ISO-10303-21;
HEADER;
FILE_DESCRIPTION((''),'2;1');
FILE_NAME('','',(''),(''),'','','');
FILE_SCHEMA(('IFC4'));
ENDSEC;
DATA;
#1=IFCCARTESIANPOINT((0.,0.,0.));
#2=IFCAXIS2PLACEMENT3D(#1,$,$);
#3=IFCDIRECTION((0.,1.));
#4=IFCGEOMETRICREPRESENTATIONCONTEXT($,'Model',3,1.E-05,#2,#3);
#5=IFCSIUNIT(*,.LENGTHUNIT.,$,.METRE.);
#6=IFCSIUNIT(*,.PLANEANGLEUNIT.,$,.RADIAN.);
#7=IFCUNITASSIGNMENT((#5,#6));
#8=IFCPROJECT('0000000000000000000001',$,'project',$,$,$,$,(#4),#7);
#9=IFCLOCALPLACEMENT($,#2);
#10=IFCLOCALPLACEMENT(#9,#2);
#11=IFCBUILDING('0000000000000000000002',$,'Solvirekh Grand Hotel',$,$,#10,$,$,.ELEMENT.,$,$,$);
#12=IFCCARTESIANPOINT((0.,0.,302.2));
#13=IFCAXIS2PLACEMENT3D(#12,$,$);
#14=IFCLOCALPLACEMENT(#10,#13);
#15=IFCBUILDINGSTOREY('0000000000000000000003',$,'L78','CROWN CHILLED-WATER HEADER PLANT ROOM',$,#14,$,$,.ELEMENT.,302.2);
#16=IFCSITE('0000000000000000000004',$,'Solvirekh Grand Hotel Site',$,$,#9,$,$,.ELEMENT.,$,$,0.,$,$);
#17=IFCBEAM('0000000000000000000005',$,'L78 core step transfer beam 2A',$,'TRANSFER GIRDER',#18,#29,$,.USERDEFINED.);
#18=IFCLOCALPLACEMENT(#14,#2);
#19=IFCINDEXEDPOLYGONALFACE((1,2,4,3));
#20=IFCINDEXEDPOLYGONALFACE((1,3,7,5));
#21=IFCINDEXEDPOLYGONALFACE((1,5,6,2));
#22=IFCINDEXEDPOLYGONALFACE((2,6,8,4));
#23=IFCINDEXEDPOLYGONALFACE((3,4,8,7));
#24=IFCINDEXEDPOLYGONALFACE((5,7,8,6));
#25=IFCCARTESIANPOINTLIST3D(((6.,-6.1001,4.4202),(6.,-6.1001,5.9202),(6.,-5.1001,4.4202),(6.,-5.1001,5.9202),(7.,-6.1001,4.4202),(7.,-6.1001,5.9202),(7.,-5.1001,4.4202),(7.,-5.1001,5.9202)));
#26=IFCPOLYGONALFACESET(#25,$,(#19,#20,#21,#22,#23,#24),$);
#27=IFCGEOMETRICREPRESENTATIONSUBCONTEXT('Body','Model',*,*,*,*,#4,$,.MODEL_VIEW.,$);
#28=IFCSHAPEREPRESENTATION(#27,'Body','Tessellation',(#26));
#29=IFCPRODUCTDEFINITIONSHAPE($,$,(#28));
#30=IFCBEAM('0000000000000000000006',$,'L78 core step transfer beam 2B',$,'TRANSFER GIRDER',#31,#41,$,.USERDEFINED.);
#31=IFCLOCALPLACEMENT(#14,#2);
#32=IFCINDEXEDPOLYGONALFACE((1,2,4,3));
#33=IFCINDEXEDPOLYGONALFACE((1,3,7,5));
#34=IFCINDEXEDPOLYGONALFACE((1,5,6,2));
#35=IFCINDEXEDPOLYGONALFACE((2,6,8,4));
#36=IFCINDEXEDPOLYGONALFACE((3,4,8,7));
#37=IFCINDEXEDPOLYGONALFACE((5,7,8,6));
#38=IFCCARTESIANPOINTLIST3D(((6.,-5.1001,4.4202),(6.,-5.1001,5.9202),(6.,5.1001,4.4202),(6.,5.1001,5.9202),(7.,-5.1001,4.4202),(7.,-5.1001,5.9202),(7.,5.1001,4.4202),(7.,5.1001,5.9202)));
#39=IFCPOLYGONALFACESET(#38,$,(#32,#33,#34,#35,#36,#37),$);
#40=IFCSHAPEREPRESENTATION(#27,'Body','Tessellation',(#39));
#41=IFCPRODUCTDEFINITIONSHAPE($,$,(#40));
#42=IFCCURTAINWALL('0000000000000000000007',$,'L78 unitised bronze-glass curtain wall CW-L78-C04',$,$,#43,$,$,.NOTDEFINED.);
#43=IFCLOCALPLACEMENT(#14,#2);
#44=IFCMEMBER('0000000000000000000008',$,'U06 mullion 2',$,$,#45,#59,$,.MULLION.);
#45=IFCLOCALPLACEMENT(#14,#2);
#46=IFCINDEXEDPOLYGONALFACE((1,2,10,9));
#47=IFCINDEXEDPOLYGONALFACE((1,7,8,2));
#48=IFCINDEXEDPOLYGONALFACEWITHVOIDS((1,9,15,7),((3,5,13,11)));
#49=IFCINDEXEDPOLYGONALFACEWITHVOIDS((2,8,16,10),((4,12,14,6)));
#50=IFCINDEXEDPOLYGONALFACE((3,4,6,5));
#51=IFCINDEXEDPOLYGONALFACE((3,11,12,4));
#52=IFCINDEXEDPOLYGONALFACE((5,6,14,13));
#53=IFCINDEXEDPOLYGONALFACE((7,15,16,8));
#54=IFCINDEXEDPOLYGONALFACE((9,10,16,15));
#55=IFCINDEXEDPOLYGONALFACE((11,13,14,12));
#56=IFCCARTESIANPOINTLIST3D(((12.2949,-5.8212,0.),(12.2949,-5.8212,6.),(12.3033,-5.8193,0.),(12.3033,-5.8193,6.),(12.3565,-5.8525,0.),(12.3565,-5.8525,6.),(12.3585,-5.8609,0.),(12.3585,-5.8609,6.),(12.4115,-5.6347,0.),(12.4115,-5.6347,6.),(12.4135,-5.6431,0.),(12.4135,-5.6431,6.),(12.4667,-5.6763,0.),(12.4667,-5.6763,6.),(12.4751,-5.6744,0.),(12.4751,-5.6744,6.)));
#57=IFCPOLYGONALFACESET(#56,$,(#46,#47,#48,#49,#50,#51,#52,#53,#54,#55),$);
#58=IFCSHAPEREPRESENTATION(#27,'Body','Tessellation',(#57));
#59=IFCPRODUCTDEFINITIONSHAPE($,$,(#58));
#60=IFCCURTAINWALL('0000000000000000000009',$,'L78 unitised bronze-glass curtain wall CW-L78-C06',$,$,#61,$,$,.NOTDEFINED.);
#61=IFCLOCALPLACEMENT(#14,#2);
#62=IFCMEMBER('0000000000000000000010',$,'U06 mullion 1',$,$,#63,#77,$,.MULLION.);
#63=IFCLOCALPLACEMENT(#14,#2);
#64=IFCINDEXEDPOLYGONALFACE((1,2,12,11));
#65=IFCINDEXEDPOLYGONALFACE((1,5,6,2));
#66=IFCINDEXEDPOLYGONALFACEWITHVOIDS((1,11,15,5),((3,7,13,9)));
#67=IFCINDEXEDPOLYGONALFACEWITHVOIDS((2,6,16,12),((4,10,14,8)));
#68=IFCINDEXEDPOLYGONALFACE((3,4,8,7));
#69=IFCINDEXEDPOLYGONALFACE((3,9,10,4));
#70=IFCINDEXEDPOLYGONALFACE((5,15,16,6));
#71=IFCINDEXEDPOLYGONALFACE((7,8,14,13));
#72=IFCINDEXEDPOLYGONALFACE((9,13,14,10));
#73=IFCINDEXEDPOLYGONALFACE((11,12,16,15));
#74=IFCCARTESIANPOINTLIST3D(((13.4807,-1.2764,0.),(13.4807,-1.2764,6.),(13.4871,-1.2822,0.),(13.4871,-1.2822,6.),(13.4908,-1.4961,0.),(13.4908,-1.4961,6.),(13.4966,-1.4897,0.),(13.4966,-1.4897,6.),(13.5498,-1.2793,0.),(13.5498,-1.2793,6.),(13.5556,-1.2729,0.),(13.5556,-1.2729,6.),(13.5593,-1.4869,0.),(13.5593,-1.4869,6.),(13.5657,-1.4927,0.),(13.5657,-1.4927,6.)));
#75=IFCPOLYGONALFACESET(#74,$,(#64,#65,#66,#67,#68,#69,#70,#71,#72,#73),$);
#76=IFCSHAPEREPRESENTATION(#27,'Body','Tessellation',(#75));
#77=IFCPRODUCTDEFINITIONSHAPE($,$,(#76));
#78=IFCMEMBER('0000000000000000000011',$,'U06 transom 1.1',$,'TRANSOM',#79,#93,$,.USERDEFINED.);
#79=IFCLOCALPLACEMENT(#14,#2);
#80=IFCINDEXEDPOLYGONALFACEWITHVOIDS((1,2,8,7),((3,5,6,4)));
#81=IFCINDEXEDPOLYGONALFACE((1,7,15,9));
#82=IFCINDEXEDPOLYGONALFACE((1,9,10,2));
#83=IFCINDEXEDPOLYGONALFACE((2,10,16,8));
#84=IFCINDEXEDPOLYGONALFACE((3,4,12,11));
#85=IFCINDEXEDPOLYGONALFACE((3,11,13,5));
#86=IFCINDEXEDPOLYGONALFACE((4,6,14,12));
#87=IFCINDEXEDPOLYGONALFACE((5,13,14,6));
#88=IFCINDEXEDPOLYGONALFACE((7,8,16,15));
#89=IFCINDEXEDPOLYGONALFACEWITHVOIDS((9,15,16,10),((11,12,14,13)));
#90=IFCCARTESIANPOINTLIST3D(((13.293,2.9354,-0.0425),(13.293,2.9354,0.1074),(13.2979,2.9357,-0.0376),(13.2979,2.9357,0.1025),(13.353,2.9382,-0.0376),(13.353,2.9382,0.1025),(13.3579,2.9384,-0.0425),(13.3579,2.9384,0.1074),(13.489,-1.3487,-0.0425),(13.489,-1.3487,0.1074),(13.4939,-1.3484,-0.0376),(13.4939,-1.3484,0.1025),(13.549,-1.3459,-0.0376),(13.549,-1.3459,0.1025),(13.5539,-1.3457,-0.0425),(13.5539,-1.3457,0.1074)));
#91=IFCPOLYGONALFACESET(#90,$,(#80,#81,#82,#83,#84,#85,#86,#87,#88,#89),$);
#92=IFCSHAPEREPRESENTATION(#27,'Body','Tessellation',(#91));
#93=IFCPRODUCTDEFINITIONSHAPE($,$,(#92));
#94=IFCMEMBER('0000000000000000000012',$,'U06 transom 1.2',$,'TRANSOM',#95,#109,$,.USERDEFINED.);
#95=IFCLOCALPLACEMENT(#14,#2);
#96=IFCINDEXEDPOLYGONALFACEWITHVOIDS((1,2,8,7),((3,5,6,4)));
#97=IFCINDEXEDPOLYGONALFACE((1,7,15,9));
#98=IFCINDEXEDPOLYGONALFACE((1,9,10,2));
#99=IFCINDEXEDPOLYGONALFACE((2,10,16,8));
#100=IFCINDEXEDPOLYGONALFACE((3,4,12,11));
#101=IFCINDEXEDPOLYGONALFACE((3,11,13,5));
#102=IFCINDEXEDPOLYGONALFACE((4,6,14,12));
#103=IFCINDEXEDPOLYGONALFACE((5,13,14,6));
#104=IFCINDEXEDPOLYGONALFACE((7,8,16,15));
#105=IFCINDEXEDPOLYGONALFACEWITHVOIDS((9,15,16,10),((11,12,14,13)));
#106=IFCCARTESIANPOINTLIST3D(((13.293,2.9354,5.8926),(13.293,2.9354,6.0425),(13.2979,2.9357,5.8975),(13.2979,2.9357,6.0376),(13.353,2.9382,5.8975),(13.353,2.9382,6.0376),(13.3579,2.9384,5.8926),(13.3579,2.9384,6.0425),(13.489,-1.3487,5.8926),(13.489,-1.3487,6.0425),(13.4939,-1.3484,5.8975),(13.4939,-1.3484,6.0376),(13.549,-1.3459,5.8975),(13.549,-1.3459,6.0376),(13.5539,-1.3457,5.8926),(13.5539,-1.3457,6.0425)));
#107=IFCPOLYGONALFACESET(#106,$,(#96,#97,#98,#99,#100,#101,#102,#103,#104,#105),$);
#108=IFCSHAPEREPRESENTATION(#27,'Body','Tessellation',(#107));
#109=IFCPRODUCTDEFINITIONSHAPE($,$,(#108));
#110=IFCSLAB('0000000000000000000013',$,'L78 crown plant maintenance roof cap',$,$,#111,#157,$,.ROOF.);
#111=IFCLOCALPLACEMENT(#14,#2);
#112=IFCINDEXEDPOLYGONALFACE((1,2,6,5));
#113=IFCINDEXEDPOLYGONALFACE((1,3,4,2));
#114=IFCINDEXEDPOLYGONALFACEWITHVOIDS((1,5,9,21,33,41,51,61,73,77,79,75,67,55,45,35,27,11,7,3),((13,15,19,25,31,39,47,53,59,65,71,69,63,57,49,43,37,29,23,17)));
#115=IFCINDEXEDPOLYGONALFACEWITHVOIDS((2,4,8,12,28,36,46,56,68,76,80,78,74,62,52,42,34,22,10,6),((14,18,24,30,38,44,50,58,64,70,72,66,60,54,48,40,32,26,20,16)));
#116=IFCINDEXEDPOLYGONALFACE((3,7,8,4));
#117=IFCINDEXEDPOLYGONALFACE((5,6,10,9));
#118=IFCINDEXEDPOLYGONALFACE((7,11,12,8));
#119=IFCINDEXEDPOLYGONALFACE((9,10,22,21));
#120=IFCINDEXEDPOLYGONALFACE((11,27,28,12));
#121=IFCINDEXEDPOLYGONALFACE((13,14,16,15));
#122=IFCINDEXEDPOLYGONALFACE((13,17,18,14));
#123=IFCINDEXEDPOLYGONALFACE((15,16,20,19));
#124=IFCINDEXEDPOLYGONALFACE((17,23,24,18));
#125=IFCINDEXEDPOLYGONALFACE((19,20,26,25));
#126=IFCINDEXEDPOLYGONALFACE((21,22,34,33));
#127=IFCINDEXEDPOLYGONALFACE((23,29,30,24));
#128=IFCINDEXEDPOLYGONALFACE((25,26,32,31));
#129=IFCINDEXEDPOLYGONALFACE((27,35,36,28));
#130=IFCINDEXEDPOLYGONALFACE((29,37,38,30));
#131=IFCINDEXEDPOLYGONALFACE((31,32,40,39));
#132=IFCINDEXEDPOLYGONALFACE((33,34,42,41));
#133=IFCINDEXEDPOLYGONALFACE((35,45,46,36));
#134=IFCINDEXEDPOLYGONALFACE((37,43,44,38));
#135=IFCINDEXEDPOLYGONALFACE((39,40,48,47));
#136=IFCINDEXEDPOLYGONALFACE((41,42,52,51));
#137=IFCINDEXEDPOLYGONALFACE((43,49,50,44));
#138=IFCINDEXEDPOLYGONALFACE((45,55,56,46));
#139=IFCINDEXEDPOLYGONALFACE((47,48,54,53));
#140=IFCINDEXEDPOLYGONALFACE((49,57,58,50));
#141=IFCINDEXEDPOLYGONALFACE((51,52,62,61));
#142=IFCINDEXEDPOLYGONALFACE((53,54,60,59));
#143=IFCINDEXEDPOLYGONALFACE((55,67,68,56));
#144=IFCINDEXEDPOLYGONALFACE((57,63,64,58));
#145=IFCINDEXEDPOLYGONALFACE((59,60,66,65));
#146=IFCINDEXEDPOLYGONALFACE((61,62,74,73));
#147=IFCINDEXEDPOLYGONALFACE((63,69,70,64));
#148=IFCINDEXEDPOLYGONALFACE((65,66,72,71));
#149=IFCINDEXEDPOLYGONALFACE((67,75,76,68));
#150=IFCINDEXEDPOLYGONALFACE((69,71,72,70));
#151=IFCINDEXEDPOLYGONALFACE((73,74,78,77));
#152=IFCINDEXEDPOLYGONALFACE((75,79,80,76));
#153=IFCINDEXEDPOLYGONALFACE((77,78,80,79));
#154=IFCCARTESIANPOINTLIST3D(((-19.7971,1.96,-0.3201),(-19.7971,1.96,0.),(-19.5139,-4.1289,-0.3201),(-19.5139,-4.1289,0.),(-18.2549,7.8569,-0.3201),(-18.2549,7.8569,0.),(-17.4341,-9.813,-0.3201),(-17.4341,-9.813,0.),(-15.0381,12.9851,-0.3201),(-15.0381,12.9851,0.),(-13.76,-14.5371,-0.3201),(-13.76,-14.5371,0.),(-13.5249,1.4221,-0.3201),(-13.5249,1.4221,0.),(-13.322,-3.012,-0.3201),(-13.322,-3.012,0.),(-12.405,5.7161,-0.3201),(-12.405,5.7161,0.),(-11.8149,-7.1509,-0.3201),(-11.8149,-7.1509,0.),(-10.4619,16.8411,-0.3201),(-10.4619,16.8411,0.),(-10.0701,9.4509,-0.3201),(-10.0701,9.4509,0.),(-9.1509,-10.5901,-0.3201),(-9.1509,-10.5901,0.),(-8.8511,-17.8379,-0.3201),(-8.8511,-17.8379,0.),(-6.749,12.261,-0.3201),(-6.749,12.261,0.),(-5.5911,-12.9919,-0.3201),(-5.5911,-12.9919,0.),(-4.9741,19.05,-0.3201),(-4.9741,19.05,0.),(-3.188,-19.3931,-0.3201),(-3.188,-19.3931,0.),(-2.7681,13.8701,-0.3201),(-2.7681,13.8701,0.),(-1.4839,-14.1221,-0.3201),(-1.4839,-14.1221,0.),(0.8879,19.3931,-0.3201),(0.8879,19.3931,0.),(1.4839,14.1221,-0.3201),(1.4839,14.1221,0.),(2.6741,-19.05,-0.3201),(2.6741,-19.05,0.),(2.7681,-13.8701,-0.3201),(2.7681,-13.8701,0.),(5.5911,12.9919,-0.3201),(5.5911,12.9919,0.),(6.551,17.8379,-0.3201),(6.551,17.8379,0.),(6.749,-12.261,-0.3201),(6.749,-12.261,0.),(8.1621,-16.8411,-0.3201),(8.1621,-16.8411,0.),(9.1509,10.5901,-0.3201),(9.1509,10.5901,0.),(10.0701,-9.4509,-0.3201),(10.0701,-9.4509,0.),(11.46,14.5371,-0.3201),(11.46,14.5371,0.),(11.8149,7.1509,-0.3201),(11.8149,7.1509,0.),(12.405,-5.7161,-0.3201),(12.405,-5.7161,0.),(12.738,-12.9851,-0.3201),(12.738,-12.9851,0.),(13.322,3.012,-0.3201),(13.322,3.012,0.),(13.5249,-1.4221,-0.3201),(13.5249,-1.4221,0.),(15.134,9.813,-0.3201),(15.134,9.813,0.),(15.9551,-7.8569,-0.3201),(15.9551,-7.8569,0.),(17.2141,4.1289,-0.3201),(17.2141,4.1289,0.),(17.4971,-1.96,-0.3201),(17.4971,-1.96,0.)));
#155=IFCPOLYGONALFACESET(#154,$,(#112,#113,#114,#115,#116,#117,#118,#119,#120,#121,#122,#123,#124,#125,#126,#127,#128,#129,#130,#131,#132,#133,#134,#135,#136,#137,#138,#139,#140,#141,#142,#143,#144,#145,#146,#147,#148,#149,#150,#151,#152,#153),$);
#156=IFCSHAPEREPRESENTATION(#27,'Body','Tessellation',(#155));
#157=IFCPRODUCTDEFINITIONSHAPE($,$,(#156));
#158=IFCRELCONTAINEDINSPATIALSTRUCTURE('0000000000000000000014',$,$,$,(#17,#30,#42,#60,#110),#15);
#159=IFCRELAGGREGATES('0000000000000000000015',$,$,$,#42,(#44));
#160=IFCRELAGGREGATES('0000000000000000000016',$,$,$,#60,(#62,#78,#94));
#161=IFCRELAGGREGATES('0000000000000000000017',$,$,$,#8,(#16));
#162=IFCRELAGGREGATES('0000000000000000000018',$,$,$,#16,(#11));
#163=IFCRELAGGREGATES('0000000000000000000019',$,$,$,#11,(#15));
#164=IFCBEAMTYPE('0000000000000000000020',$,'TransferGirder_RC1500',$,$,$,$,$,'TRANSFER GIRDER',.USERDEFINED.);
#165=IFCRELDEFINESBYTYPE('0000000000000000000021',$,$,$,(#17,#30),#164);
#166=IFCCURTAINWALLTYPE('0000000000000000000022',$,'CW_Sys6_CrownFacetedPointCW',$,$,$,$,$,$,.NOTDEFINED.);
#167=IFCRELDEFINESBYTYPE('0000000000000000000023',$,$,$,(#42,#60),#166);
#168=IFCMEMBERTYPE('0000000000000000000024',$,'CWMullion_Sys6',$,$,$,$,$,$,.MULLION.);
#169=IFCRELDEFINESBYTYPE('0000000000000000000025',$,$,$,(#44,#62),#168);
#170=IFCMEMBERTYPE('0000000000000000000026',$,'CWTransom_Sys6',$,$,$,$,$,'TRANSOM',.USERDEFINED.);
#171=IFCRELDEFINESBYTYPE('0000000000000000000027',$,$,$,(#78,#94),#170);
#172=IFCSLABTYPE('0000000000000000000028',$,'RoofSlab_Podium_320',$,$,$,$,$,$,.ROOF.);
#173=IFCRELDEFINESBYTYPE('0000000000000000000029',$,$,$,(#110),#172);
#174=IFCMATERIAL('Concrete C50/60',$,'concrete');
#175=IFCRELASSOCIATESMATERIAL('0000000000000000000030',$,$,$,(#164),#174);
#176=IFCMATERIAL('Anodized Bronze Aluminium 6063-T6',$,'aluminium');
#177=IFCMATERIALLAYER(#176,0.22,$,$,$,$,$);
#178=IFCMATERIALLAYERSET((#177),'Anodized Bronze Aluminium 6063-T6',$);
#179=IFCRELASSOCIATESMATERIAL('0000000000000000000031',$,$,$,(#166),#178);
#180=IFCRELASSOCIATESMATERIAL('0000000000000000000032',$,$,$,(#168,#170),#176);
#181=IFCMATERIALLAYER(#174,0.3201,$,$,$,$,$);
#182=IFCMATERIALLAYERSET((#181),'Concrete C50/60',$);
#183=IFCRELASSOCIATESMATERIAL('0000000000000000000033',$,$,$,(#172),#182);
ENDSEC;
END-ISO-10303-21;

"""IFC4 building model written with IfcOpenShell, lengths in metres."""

from ifc_helpers import new_model, si_unit, direction, frame, origin, origin_2d, place, context, subcontext, project, spatial, polyline, rectangle, hollow_rectangle, outline, extrude, source, transform, mapped, material, layer, layer_set, material_profile, profile_set, type_object, element, aggregate, save


model = new_model("IFC4")

# Units and contexts
model_context = context("Model", 3, precision=1e-05, world=origin(), true_north=direction((0.0, 1.0)))
body_context = subcontext(model_context, "Body", "Model", "MODEL_VIEW")
ifc_project = project(units=[si_unit("LENGTHUNIT", "METRE"), si_unit("PLANEANGLEUNIT", "RADIAN")], contexts=[model_context])

# Site, building, storey
site_placement = place(None, origin())
site = spatial("IfcSite", under=ifc_project, at=site_placement, Name="Solvirekh Grand Hotel Site", CompositionType="ELEMENT", RefElevation=0.0)
building_placement = place(site_placement, origin())
building = spatial("IfcBuilding", under=site, at=building_placement, Name="Solvirekh Grand Hotel", CompositionType="ELEMENT")
storey_placement = place(building_placement, frame((0.0, 0.0, 302.2)))
storey = spatial("IfcBuildingStorey", under=building, at=storey_placement, Name="L78", Description="CROWN CHILLED-WATER HEADER PLANT ROOM", CompositionType="ELEMENT", Elevation=302.2)

# Shared definitions
ifc_material_1 = material(Name="Concrete C50/60", Category="concrete")

# Beams
ifc_material_profile_1 = material_profile(ifc_material_1, rectangle(XDim=1.0, YDim=1.5, at=origin_2d()), Name="RC GIRDER 1000X1500")
ifc_profile_set_1 = profile_set([ifc_material_profile_1], Name="Concrete C50/60")
beam_type_1 = type_object("IfcBeamType", Name="TransferGirder_RC1500", ElementType="TRANSFER GIRDER", PredefinedType="USERDEFINED", material=ifc_profile_set_1)
beam_1_placement = place(storey_placement, frame((6.5, -6.1001, 5.1702), z_axis=(0.0, 1.0, 0.0), x_axis=(-1.0, 0.0, 0.0)))
element("IfcBeam", 1, at=beam_1_placement, inside=storey, type_object=beam_type_1, Name="L78 core step transfer beam 2A", ObjectType="TRANSFER GIRDER", PredefinedType="USERDEFINED", context=body_context, shape_type="SweptSolid", body=[
    extrude(rectangle(XDim=1.0, YDim=1.5, at=origin_2d()), origin(), (0.0, 0.0, 1.0), 1.0),
])
beam_2_placement = place(storey_placement, frame((6.5, -5.1001, 5.1702), z_axis=(0.0, 1.0, 0.0), x_axis=(-1.0, 0.0, 0.0)))
element("IfcBeam", 2, at=beam_2_placement, inside=storey, type_object=beam_type_1, Name="L78 core step transfer beam 2B", ObjectType="TRANSFER GIRDER", PredefinedType="USERDEFINED", context=body_context, shape_type="SweptSolid", body=[
    extrude(rectangle(XDim=1.0, YDim=1.5, at=origin_2d()), origin(), (0.0, 0.0, 1.0), 10.2002),
])

# Curtain wall, member
ifc_material_2 = material(Name="Anodized Bronze Aluminium 6063-T6", Category="aluminium")
ifc_layer_1 = layer(ifc_material_2, 0.22)
ifc_layer_set_1 = layer_set([ifc_layer_1], Name="Anodized Bronze Aluminium 6063-T6")
curtain_wall_type = type_object("IfcCurtainWallType", Name="CW_Sys6_CrownFacetedPointCW", PredefinedType="NOTDEFINED", material=ifc_layer_set_1)
curtain_wall_1_placement = place(storey_placement, origin())
curtain_wall_1 = element("IfcCurtainWall", 3, at=curtain_wall_1_placement, inside=storey, type_object=curtain_wall_type, Name="L78 unitised bronze-glass curtain wall CW-L78-C04", PredefinedType="NOTDEFINED")
ifc_material_profile_2 = material_profile(ifc_material_2, hollow_rectangle(XDim=0.075, YDim=0.22, WallThickness=0.0061, at=origin_2d()), Name="ALU RHS 220X75X6")
ifc_profile_set_2 = profile_set([ifc_material_profile_2], Name="Anodized Bronze Aluminium 6063-T6")
member_type_1 = type_object("IfcMemberType", Name="CWMullion_Sys6", PredefinedType="MULLION", material=ifc_profile_set_2)
shared_shape_1 = source(origin(), body_context, "Body", "SweptSolid", [
    extrude(hollow_rectangle(XDim=0.075, YDim=0.22, WallThickness=0.0061, at=origin_2d()), origin(), (0.0, 0.0, 1.0), 6.0),
])
member_1_placement = place(storey_placement, frame((12.385, -5.7478, 0.0), z_axis=(0.0, 0.0, 1.0), x_axis=(-0.847935, 0.530101, 0.0)))
member_1 = element("IfcMember", 4, at=member_1_placement, type_object=member_type_1, Name="U06 mullion 2", PredefinedType="MULLION", context=body_context, shape_type="MappedRepresentation", body=[
    mapped(shared_shape_1, transform((0.0, 0.0, 0.0), x_axis=(1.0, 0.0, 0.0), y_axis=(0.0, 1.0, 0.0), z_axis=(0.0, 0.0, 1.0), scale=1.0)),
])
aggregate(curtain_wall_1, [member_1])

# Curtain wall, members
curtain_wall_2_placement = place(storey_placement, origin())
curtain_wall_2 = element("IfcCurtainWall", 5, at=curtain_wall_2_placement, inside=storey, type_object=curtain_wall_type, Name="L78 unitised bronze-glass curtain wall CW-L78-C06", PredefinedType="NOTDEFINED")
member_2_placement = place(storey_placement, frame((13.5232, -1.3845, 0.0), z_axis=(0.0, 0.0, 1.0), x_axis=(-0.998954, -0.045735, 0.0)))
member_2 = element("IfcMember", 6, at=member_2_placement, type_object=member_type_1, Name="U06 mullion 1", PredefinedType="MULLION", context=body_context, shape_type="MappedRepresentation", body=[
    mapped(shared_shape_1, transform((0.0, 0.0, 0.0), x_axis=(1.0, 0.0, 0.0), y_axis=(0.0, 1.0, 0.0), z_axis=(0.0, 0.0, 1.0), scale=1.0)),
])
ifc_material_profile_3 = material_profile(ifc_material_2, hollow_rectangle(XDim=0.0649, YDim=0.1499, WallThickness=0.0049, at=origin_2d()), Name="ALU RHS 150X65X5")
ifc_profile_set_3 = profile_set([ifc_material_profile_3], Name="Anodized Bronze Aluminium 6063-T6")
member_type_2 = type_object("IfcMemberType", Name="CWTransom_Sys6", ElementType="TRANSOM", PredefinedType="USERDEFINED", material=ifc_profile_set_3)
shared_shape_2 = source(origin(), body_context, "Body", "SweptSolid", [
    extrude(hollow_rectangle(XDim=0.0649, YDim=0.1499, WallThickness=0.0049, at=origin_2d()), origin(), (0.0, 0.0, 1.0), 4.2886),
])
member_3_placement = place(storey_placement, frame((13.5215, -1.3472, 0.0325), z_axis=(-0.045712, 0.998955, 0.0), x_axis=(-0.998955, -0.045712, 0.0)))
member_3 = element("IfcMember", 7, at=member_3_placement, type_object=member_type_2, Name="U06 transom 1.1", ObjectType="TRANSOM", PredefinedType="USERDEFINED", context=body_context, shape_type="MappedRepresentation", body=[
    mapped(shared_shape_2, transform((0.0, 0.0, 0.0), x_axis=(1.0, 0.0, 0.0), y_axis=(0.0, 1.0, 0.0), z_axis=(0.0, 0.0, 1.0), scale=1.0)),
])
member_4_placement = place(storey_placement, frame((13.5215, -1.3472, 5.9675), z_axis=(-0.045712, 0.998955, 0.0), x_axis=(-0.998955, -0.045712, 0.0)))
member_4 = element("IfcMember", 8, at=member_4_placement, type_object=member_type_2, Name="U06 transom 1.2", ObjectType="TRANSOM", PredefinedType="USERDEFINED", context=body_context, shape_type="MappedRepresentation", body=[
    mapped(shared_shape_2, transform((0.0, 0.0, 0.0), x_axis=(1.0, 0.0, 0.0), y_axis=(0.0, 1.0, 0.0), z_axis=(0.0, 0.0, 1.0), scale=1.0)),
])
aggregate(curtain_wall_2, [member_2, member_3, member_4])

# Slab
ifc_layer_2 = layer(ifc_material_1, 0.3201)
ifc_layer_set_2 = layer_set([ifc_layer_2], Name="Concrete C50/60")
slab_type_1 = type_object("IfcSlabType", Name="RoofSlab_Podium_320", PredefinedType="ROOF", material=ifc_layer_set_2)
slab_1_placement = place(storey_placement, frame((0.0, 0.0, -0.3201)))
element("IfcSlab", 9, at=slab_1_placement, inside=storey, type_object=slab_type_1, Name="L78 crown plant maintenance roof cap", PredefinedType="ROOF", context=body_context, shape_type="SweptSolid", body=[
    extrude(outline(polyline([(-3.188, -19.3931), (2.6741, -19.05), (8.1621, -16.8411), (12.738, -12.9851), (15.9551, -7.8569), (17.4971, -1.96), (17.2141, 4.1289), (15.134, 9.813), (11.46, 14.5371), (6.551, 17.8379), (0.8879, 19.3931), (-4.9741, 19.05), (-10.4619, 16.8411), (-15.0381, 12.9851), (-18.2549, 7.8569), (-19.7971, 1.96), (-19.5139, -4.1289), (-17.4341, -9.813), (-13.76, -14.5371), (-8.8511, -17.8379), (-3.188, -19.3931)]), holes=[polyline([(-5.5911, -12.9919), (-9.1509, -10.5901), (-11.8149, -7.1509), (-13.322, -3.012), (-13.5249, 1.4221), (-12.405, 5.7161), (-10.0701, 9.4509), (-6.749, 12.261), (-2.7681, 13.8701), (1.4839, 14.1221), (5.5911, 12.9919), (9.1509, 10.5901), (11.8149, 7.1509), (13.322, 3.012), (13.5249, -1.4221), (12.405, -5.7161), (10.0701, -9.4509), (6.749, -12.261), (2.7681, -13.8701), (-1.4839, -14.1221), (-5.5911, -12.9919)])]), origin(), (0.0, 0.0, 1.0), 0.3201),
])

save(model, "model.ifc")
